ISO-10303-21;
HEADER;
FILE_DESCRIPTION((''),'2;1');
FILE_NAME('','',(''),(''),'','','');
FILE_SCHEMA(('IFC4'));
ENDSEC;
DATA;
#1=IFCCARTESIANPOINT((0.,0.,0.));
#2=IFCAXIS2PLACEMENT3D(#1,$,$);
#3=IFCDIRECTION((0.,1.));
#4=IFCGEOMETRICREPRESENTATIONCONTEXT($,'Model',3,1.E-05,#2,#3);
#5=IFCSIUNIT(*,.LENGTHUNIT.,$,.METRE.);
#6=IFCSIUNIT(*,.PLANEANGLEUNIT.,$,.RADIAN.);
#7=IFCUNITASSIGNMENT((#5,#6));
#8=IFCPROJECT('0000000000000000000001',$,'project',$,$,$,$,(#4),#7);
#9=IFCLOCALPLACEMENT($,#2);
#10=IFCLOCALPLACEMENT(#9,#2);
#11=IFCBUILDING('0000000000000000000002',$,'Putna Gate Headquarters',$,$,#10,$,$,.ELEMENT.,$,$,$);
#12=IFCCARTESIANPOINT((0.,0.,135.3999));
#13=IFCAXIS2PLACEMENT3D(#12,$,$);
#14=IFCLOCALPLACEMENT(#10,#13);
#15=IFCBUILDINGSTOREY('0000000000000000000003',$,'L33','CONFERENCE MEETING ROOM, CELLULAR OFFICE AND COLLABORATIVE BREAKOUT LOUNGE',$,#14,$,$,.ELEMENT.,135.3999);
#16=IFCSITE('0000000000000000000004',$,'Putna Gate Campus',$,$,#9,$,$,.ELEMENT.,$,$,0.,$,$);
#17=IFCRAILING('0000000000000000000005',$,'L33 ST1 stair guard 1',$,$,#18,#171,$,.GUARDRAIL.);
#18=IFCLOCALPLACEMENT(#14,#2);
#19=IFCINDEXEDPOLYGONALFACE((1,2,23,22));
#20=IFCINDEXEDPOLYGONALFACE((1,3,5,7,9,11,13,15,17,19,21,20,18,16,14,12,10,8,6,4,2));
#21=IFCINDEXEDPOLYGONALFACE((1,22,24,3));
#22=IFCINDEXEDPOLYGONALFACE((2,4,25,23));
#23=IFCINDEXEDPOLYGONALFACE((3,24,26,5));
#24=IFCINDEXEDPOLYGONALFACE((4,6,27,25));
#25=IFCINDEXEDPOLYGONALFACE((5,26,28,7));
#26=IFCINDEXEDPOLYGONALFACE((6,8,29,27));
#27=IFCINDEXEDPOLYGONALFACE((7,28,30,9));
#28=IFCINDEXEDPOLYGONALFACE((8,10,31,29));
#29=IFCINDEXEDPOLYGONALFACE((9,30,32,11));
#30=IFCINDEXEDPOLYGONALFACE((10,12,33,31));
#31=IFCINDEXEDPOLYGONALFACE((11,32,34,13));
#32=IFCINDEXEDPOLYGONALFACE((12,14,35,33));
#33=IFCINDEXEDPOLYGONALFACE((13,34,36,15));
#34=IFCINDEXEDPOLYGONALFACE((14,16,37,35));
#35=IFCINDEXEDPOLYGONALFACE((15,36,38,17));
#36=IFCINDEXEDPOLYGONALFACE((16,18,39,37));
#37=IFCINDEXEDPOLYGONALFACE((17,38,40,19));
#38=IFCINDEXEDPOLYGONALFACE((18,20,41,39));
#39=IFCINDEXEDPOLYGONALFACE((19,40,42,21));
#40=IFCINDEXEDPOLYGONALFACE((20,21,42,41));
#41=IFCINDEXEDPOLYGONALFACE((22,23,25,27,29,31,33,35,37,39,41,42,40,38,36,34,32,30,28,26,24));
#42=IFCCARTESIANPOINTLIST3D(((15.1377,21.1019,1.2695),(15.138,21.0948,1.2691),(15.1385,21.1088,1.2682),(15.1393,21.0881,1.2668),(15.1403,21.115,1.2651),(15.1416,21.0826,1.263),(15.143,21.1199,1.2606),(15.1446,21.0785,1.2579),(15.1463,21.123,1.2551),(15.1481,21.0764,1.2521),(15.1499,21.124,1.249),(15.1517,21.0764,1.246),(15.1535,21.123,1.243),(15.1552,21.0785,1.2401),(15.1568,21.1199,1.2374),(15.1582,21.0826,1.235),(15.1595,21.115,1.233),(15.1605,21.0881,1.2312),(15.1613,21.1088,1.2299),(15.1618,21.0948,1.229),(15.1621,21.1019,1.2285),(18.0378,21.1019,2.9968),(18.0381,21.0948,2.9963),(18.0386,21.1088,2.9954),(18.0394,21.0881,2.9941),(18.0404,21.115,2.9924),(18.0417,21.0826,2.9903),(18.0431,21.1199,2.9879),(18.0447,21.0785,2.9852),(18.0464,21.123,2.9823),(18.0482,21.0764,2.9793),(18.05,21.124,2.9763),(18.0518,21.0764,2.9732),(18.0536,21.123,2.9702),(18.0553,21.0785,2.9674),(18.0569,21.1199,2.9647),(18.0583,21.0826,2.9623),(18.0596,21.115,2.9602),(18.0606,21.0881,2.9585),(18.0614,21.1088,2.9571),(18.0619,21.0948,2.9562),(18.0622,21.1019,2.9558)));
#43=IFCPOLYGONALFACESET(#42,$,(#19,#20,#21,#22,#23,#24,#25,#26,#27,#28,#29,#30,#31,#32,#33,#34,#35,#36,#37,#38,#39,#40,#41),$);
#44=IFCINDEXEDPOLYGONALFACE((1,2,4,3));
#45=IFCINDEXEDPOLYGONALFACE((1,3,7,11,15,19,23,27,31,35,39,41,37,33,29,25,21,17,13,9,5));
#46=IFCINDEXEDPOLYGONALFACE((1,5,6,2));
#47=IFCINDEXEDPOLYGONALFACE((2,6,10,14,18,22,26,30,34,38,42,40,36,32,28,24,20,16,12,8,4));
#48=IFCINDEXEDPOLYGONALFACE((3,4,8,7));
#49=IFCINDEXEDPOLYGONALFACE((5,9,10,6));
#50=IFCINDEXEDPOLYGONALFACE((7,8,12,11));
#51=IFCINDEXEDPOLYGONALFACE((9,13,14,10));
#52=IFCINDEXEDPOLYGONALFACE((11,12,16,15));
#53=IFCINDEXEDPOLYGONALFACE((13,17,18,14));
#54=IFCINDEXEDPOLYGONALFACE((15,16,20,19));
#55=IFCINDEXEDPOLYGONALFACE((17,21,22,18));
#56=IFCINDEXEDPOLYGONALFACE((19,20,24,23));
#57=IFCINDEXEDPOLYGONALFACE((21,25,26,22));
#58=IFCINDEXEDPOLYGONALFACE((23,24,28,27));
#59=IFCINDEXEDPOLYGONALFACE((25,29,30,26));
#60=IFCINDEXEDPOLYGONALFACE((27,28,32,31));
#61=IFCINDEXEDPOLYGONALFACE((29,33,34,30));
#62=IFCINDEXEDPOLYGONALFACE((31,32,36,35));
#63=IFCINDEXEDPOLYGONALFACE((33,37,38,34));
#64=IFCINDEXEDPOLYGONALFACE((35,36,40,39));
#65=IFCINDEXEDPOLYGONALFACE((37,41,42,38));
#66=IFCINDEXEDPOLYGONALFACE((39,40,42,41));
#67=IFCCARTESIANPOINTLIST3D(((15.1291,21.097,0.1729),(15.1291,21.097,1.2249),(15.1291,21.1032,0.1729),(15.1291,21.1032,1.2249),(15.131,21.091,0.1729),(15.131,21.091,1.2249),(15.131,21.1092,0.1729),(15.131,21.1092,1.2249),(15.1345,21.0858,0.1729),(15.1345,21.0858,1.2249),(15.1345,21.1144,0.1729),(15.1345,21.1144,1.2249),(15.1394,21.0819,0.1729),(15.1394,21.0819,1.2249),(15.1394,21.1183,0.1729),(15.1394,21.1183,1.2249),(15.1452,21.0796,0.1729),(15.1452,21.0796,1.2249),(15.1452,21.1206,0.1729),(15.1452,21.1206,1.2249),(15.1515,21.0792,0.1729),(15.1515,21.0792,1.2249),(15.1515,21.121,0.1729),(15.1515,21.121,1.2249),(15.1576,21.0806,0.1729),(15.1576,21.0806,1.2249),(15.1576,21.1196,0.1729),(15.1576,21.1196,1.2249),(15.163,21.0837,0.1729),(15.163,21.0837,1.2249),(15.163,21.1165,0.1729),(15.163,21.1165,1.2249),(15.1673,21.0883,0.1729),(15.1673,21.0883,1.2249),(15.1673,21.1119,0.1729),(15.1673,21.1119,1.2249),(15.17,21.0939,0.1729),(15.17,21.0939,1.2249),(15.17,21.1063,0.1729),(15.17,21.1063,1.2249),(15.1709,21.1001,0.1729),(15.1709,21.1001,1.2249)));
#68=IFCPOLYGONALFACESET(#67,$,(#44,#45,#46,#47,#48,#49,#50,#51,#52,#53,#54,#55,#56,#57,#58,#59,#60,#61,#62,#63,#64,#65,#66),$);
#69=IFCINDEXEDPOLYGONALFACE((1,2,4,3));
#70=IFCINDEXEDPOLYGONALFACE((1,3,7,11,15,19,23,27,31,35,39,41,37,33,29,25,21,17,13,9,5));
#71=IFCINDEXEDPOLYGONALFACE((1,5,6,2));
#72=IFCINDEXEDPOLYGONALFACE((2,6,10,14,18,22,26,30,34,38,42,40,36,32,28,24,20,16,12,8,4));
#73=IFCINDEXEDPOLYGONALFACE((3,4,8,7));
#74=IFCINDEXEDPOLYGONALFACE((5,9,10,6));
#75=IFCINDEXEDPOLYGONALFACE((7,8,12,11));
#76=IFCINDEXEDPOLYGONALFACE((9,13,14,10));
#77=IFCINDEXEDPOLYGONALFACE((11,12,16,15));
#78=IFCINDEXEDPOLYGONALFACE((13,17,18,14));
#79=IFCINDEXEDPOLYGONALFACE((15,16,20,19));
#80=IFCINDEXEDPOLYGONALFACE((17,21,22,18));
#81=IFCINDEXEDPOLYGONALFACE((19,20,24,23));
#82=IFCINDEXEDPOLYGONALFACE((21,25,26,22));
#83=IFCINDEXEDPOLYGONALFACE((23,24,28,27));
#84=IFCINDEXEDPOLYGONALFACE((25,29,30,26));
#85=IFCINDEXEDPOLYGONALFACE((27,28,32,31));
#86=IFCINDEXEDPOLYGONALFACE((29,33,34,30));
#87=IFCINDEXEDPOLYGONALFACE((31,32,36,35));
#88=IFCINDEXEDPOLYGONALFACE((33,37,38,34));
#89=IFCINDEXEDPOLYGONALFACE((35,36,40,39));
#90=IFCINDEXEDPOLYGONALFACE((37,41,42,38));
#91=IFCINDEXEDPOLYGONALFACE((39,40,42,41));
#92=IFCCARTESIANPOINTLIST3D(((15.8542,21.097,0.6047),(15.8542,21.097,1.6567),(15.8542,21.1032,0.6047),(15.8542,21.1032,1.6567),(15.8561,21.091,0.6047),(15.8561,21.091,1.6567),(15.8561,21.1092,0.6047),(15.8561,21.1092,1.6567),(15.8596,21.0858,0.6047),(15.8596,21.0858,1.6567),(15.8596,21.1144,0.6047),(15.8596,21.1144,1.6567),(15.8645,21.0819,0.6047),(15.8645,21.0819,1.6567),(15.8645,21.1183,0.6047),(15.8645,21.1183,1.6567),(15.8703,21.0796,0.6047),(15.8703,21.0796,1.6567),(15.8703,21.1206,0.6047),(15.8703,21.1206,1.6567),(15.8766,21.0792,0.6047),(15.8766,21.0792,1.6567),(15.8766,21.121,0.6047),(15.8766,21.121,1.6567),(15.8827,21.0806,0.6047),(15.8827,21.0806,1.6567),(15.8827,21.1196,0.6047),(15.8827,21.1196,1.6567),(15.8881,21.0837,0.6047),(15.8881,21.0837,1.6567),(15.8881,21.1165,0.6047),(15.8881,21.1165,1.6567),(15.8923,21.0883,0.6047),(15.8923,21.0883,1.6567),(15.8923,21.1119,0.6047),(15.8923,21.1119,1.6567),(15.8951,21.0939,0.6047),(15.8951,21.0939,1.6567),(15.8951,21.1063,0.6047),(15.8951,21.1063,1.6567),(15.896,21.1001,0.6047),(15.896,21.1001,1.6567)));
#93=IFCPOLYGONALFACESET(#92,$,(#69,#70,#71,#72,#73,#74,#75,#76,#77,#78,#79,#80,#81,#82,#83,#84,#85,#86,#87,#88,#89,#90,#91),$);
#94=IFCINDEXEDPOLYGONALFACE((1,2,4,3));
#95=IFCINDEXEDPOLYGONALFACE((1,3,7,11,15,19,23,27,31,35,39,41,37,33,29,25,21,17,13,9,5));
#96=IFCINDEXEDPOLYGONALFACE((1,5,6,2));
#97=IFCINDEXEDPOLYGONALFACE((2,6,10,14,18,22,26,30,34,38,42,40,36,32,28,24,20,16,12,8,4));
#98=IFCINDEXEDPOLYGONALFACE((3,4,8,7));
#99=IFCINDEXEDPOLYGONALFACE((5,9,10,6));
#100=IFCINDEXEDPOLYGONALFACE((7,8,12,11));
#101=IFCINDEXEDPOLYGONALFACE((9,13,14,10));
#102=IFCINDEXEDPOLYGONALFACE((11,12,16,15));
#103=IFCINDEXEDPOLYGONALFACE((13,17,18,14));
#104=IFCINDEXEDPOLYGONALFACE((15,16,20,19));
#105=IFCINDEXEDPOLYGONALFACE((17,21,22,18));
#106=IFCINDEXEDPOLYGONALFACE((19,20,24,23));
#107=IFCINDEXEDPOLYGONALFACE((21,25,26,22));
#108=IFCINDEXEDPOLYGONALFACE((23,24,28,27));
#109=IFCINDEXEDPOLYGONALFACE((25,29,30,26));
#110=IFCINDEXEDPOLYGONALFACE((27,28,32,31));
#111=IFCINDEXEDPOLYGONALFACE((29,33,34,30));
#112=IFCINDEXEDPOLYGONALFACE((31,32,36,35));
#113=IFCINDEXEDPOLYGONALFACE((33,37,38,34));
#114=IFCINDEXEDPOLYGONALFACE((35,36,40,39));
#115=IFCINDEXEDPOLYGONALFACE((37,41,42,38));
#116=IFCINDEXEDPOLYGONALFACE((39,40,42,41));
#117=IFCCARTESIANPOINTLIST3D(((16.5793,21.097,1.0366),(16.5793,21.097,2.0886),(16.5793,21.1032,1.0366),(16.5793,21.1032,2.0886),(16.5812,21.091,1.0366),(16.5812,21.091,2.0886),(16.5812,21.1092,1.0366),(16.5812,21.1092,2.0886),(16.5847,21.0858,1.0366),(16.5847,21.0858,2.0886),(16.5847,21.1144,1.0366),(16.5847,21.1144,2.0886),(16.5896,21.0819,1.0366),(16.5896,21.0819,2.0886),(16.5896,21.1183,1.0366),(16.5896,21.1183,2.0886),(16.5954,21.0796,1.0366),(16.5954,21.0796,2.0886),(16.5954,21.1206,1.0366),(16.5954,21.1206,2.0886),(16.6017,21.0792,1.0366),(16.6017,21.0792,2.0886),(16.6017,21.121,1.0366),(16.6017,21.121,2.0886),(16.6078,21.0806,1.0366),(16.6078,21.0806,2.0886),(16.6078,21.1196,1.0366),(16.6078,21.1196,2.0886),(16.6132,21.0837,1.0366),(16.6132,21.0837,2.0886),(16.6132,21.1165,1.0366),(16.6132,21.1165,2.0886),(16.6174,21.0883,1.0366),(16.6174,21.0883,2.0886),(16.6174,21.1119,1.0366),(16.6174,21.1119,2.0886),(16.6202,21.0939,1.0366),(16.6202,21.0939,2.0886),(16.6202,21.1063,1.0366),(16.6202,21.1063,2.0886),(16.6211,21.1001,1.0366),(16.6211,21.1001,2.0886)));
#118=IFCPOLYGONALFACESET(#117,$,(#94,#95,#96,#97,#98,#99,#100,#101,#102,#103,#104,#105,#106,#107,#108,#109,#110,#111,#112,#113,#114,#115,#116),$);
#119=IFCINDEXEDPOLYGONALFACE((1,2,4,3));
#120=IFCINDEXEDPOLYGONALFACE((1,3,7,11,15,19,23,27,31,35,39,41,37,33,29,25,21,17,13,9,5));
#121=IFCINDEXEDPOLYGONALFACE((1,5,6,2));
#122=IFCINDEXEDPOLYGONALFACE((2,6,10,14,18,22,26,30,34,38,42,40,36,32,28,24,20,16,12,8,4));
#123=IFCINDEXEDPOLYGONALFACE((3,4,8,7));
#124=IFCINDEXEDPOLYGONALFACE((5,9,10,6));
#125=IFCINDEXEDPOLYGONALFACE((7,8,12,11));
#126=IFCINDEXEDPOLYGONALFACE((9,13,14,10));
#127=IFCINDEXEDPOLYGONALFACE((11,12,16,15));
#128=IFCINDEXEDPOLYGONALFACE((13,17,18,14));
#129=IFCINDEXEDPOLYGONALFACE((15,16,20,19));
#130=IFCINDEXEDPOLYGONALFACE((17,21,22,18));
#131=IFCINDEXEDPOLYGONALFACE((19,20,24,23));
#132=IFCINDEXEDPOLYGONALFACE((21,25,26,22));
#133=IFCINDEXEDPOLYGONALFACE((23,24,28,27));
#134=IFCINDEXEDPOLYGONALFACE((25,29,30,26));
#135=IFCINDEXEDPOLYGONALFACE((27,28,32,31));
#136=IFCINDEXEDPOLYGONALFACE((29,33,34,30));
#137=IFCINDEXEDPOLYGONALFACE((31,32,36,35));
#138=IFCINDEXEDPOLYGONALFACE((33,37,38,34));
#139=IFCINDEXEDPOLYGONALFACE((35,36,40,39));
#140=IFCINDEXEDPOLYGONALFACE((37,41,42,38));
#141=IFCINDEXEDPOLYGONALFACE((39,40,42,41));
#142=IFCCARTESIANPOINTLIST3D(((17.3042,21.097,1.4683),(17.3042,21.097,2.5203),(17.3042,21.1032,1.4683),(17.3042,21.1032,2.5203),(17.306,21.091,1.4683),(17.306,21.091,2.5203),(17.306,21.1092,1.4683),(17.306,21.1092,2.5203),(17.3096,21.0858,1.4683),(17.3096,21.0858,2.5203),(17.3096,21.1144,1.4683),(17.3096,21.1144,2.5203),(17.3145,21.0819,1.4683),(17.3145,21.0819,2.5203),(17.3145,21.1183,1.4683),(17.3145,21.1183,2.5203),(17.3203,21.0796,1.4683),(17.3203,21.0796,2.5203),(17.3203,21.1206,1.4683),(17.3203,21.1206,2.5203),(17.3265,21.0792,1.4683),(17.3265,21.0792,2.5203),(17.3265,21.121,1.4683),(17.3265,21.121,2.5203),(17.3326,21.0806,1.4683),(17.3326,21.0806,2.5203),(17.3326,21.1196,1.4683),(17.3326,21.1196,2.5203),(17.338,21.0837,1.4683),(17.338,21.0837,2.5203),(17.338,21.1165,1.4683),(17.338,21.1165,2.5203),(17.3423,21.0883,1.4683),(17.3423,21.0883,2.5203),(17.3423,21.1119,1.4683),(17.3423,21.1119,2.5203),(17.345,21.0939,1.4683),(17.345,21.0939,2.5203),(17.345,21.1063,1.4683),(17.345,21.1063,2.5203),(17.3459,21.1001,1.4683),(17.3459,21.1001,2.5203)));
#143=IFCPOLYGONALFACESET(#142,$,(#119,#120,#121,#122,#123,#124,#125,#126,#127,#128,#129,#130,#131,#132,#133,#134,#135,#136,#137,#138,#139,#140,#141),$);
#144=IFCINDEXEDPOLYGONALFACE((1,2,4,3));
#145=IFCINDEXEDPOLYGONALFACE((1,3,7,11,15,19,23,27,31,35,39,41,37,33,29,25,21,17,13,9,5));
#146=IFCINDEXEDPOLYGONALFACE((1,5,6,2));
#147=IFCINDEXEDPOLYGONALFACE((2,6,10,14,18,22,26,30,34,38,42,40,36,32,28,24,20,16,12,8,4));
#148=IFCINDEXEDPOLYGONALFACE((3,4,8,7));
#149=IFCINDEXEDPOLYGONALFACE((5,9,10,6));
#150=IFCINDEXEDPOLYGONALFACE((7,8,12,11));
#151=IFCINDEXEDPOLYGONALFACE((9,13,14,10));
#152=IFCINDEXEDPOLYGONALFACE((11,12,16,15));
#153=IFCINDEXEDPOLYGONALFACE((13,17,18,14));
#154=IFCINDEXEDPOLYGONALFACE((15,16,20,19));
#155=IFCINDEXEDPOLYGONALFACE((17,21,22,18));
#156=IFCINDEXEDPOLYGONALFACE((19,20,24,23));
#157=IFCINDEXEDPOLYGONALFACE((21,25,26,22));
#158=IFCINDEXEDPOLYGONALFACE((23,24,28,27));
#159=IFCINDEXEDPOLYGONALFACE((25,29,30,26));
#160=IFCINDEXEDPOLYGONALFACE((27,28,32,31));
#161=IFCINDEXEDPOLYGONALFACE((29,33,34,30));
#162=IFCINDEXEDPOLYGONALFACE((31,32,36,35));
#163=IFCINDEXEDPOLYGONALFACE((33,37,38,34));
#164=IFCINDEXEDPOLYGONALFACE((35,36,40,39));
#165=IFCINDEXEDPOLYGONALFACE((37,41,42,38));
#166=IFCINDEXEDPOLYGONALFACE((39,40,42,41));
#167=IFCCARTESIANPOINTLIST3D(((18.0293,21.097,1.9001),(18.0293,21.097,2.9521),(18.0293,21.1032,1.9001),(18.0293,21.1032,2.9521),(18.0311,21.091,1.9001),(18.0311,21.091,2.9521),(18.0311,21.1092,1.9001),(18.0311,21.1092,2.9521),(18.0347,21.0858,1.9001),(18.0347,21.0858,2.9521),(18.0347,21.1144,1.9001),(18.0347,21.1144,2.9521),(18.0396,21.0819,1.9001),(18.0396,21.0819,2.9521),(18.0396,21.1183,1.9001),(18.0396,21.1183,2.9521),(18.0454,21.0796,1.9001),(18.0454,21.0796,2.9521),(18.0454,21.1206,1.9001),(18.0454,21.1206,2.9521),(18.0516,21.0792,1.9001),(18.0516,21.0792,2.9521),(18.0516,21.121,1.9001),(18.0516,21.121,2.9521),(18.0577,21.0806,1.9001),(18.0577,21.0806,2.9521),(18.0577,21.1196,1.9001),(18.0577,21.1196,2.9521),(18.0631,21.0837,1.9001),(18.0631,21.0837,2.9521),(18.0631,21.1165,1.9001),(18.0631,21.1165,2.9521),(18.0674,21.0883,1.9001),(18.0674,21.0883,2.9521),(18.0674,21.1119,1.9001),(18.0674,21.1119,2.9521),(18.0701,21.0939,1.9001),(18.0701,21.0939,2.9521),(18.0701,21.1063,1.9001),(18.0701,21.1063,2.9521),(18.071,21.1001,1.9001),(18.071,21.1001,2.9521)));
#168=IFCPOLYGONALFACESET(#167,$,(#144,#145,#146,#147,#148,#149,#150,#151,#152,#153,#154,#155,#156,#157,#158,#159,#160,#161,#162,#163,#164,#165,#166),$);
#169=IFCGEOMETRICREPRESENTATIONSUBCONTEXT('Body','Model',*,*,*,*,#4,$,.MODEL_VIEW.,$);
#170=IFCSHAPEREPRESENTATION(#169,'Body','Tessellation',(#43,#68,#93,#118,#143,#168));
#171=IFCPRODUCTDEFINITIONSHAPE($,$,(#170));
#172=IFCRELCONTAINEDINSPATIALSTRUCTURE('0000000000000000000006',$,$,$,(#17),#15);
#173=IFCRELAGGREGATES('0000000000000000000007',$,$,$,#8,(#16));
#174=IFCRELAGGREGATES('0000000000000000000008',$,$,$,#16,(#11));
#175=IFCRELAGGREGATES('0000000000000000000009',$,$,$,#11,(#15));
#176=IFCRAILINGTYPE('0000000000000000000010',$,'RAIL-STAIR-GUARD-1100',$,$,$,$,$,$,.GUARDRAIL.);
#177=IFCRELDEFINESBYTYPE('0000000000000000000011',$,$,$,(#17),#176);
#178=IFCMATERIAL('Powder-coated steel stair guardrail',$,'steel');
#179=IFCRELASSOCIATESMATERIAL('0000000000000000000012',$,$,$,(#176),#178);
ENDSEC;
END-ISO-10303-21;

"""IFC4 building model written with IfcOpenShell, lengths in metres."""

from ifc_helpers import new_model, si_unit, direction, frame, origin, origin_2d, place, context, subcontext, project, spatial, circle, extrude, material, type_object, element, save


model = new_model("IFC4")

# Units and contexts
model_context = context("Model", 3, precision=1e-05, world=origin(), true_north=direction((0.0, 1.0)))
body_context = subcontext(model_context, "Body", "Model", "MODEL_VIEW")
ifc_project = project(units=[si_unit("LENGTHUNIT", "METRE"), si_unit("PLANEANGLEUNIT", "RADIAN")], contexts=[model_context])

# Site, building, storey
site_placement = place(None, origin())
site = spatial("IfcSite", under=ifc_project, at=site_placement, Name="Putna Gate Campus", CompositionType="ELEMENT", RefElevation=0.0)
building_placement = place(site_placement, origin())
building = spatial("IfcBuilding", under=site, at=building_placement, Name="Putna Gate Headquarters", CompositionType="ELEMENT")
storey_placement = place(building_placement, frame((0.0, 0.0, 135.3999)))
storey = spatial("IfcBuildingStorey", under=building, at=storey_placement, Name="L33", Description="CONFERENCE MEETING ROOM, CELLULAR OFFICE AND COLLABORATIVE BREAKOUT LOUNGE", CompositionType="ELEMENT", Elevation=135.3999)

# Railing
ifc_material_1 = material(Name="Powder-coated steel stair guardrail", Category="steel")
railing_type_1 = type_object("IfcRailingType", Name="RAIL-STAIR-GUARD-1100", PredefinedType="GUARDRAIL", material=ifc_material_1)
railing_1_placement = place(storey_placement, frame((15.1499, 21.1001, 0.1729)))
element("IfcRailing", 1, at=railing_1_placement, inside=storey, type_object=railing_type_1, Name="L33 ST1 stair guard 1", PredefinedType="GUARDRAIL", context=body_context, shape_type="SweptSolid", body=[
    extrude(circle(Radius=0.0239, at=origin_2d()), frame((0.0, 0.0, 1.0762), z_axis=(0.85916, 0.0, 0.511706), x_axis=(0.0, 1.0, 0.0)), (0.0, 0.0, 1.0), 3.3755),
    extrude(circle(Radius=0.021, at=origin_2d()), origin(), (0.0, 0.0, 1.0), 1.052),
    extrude(circle(Radius=0.021, at=origin_2d()), frame((0.7251, 0.0, 0.4319)), (0.0, 0.0, 1.0), 1.052),
    extrude(circle(Radius=0.021, at=origin_2d()), frame((1.4502, 0.0, 0.8638)), (0.0, 0.0, 1.0), 1.052),
    extrude(circle(Radius=0.021, at=origin_2d()), frame((2.175, 0.0, 1.2954)), (0.0, 0.0, 1.0), 1.052),
    extrude(circle(Radius=0.021, at=origin_2d()), frame((2.9001, 0.0, 1.7273)), (0.0, 0.0, 1.0), 1.052),
])

save(model, "model.ifc")
